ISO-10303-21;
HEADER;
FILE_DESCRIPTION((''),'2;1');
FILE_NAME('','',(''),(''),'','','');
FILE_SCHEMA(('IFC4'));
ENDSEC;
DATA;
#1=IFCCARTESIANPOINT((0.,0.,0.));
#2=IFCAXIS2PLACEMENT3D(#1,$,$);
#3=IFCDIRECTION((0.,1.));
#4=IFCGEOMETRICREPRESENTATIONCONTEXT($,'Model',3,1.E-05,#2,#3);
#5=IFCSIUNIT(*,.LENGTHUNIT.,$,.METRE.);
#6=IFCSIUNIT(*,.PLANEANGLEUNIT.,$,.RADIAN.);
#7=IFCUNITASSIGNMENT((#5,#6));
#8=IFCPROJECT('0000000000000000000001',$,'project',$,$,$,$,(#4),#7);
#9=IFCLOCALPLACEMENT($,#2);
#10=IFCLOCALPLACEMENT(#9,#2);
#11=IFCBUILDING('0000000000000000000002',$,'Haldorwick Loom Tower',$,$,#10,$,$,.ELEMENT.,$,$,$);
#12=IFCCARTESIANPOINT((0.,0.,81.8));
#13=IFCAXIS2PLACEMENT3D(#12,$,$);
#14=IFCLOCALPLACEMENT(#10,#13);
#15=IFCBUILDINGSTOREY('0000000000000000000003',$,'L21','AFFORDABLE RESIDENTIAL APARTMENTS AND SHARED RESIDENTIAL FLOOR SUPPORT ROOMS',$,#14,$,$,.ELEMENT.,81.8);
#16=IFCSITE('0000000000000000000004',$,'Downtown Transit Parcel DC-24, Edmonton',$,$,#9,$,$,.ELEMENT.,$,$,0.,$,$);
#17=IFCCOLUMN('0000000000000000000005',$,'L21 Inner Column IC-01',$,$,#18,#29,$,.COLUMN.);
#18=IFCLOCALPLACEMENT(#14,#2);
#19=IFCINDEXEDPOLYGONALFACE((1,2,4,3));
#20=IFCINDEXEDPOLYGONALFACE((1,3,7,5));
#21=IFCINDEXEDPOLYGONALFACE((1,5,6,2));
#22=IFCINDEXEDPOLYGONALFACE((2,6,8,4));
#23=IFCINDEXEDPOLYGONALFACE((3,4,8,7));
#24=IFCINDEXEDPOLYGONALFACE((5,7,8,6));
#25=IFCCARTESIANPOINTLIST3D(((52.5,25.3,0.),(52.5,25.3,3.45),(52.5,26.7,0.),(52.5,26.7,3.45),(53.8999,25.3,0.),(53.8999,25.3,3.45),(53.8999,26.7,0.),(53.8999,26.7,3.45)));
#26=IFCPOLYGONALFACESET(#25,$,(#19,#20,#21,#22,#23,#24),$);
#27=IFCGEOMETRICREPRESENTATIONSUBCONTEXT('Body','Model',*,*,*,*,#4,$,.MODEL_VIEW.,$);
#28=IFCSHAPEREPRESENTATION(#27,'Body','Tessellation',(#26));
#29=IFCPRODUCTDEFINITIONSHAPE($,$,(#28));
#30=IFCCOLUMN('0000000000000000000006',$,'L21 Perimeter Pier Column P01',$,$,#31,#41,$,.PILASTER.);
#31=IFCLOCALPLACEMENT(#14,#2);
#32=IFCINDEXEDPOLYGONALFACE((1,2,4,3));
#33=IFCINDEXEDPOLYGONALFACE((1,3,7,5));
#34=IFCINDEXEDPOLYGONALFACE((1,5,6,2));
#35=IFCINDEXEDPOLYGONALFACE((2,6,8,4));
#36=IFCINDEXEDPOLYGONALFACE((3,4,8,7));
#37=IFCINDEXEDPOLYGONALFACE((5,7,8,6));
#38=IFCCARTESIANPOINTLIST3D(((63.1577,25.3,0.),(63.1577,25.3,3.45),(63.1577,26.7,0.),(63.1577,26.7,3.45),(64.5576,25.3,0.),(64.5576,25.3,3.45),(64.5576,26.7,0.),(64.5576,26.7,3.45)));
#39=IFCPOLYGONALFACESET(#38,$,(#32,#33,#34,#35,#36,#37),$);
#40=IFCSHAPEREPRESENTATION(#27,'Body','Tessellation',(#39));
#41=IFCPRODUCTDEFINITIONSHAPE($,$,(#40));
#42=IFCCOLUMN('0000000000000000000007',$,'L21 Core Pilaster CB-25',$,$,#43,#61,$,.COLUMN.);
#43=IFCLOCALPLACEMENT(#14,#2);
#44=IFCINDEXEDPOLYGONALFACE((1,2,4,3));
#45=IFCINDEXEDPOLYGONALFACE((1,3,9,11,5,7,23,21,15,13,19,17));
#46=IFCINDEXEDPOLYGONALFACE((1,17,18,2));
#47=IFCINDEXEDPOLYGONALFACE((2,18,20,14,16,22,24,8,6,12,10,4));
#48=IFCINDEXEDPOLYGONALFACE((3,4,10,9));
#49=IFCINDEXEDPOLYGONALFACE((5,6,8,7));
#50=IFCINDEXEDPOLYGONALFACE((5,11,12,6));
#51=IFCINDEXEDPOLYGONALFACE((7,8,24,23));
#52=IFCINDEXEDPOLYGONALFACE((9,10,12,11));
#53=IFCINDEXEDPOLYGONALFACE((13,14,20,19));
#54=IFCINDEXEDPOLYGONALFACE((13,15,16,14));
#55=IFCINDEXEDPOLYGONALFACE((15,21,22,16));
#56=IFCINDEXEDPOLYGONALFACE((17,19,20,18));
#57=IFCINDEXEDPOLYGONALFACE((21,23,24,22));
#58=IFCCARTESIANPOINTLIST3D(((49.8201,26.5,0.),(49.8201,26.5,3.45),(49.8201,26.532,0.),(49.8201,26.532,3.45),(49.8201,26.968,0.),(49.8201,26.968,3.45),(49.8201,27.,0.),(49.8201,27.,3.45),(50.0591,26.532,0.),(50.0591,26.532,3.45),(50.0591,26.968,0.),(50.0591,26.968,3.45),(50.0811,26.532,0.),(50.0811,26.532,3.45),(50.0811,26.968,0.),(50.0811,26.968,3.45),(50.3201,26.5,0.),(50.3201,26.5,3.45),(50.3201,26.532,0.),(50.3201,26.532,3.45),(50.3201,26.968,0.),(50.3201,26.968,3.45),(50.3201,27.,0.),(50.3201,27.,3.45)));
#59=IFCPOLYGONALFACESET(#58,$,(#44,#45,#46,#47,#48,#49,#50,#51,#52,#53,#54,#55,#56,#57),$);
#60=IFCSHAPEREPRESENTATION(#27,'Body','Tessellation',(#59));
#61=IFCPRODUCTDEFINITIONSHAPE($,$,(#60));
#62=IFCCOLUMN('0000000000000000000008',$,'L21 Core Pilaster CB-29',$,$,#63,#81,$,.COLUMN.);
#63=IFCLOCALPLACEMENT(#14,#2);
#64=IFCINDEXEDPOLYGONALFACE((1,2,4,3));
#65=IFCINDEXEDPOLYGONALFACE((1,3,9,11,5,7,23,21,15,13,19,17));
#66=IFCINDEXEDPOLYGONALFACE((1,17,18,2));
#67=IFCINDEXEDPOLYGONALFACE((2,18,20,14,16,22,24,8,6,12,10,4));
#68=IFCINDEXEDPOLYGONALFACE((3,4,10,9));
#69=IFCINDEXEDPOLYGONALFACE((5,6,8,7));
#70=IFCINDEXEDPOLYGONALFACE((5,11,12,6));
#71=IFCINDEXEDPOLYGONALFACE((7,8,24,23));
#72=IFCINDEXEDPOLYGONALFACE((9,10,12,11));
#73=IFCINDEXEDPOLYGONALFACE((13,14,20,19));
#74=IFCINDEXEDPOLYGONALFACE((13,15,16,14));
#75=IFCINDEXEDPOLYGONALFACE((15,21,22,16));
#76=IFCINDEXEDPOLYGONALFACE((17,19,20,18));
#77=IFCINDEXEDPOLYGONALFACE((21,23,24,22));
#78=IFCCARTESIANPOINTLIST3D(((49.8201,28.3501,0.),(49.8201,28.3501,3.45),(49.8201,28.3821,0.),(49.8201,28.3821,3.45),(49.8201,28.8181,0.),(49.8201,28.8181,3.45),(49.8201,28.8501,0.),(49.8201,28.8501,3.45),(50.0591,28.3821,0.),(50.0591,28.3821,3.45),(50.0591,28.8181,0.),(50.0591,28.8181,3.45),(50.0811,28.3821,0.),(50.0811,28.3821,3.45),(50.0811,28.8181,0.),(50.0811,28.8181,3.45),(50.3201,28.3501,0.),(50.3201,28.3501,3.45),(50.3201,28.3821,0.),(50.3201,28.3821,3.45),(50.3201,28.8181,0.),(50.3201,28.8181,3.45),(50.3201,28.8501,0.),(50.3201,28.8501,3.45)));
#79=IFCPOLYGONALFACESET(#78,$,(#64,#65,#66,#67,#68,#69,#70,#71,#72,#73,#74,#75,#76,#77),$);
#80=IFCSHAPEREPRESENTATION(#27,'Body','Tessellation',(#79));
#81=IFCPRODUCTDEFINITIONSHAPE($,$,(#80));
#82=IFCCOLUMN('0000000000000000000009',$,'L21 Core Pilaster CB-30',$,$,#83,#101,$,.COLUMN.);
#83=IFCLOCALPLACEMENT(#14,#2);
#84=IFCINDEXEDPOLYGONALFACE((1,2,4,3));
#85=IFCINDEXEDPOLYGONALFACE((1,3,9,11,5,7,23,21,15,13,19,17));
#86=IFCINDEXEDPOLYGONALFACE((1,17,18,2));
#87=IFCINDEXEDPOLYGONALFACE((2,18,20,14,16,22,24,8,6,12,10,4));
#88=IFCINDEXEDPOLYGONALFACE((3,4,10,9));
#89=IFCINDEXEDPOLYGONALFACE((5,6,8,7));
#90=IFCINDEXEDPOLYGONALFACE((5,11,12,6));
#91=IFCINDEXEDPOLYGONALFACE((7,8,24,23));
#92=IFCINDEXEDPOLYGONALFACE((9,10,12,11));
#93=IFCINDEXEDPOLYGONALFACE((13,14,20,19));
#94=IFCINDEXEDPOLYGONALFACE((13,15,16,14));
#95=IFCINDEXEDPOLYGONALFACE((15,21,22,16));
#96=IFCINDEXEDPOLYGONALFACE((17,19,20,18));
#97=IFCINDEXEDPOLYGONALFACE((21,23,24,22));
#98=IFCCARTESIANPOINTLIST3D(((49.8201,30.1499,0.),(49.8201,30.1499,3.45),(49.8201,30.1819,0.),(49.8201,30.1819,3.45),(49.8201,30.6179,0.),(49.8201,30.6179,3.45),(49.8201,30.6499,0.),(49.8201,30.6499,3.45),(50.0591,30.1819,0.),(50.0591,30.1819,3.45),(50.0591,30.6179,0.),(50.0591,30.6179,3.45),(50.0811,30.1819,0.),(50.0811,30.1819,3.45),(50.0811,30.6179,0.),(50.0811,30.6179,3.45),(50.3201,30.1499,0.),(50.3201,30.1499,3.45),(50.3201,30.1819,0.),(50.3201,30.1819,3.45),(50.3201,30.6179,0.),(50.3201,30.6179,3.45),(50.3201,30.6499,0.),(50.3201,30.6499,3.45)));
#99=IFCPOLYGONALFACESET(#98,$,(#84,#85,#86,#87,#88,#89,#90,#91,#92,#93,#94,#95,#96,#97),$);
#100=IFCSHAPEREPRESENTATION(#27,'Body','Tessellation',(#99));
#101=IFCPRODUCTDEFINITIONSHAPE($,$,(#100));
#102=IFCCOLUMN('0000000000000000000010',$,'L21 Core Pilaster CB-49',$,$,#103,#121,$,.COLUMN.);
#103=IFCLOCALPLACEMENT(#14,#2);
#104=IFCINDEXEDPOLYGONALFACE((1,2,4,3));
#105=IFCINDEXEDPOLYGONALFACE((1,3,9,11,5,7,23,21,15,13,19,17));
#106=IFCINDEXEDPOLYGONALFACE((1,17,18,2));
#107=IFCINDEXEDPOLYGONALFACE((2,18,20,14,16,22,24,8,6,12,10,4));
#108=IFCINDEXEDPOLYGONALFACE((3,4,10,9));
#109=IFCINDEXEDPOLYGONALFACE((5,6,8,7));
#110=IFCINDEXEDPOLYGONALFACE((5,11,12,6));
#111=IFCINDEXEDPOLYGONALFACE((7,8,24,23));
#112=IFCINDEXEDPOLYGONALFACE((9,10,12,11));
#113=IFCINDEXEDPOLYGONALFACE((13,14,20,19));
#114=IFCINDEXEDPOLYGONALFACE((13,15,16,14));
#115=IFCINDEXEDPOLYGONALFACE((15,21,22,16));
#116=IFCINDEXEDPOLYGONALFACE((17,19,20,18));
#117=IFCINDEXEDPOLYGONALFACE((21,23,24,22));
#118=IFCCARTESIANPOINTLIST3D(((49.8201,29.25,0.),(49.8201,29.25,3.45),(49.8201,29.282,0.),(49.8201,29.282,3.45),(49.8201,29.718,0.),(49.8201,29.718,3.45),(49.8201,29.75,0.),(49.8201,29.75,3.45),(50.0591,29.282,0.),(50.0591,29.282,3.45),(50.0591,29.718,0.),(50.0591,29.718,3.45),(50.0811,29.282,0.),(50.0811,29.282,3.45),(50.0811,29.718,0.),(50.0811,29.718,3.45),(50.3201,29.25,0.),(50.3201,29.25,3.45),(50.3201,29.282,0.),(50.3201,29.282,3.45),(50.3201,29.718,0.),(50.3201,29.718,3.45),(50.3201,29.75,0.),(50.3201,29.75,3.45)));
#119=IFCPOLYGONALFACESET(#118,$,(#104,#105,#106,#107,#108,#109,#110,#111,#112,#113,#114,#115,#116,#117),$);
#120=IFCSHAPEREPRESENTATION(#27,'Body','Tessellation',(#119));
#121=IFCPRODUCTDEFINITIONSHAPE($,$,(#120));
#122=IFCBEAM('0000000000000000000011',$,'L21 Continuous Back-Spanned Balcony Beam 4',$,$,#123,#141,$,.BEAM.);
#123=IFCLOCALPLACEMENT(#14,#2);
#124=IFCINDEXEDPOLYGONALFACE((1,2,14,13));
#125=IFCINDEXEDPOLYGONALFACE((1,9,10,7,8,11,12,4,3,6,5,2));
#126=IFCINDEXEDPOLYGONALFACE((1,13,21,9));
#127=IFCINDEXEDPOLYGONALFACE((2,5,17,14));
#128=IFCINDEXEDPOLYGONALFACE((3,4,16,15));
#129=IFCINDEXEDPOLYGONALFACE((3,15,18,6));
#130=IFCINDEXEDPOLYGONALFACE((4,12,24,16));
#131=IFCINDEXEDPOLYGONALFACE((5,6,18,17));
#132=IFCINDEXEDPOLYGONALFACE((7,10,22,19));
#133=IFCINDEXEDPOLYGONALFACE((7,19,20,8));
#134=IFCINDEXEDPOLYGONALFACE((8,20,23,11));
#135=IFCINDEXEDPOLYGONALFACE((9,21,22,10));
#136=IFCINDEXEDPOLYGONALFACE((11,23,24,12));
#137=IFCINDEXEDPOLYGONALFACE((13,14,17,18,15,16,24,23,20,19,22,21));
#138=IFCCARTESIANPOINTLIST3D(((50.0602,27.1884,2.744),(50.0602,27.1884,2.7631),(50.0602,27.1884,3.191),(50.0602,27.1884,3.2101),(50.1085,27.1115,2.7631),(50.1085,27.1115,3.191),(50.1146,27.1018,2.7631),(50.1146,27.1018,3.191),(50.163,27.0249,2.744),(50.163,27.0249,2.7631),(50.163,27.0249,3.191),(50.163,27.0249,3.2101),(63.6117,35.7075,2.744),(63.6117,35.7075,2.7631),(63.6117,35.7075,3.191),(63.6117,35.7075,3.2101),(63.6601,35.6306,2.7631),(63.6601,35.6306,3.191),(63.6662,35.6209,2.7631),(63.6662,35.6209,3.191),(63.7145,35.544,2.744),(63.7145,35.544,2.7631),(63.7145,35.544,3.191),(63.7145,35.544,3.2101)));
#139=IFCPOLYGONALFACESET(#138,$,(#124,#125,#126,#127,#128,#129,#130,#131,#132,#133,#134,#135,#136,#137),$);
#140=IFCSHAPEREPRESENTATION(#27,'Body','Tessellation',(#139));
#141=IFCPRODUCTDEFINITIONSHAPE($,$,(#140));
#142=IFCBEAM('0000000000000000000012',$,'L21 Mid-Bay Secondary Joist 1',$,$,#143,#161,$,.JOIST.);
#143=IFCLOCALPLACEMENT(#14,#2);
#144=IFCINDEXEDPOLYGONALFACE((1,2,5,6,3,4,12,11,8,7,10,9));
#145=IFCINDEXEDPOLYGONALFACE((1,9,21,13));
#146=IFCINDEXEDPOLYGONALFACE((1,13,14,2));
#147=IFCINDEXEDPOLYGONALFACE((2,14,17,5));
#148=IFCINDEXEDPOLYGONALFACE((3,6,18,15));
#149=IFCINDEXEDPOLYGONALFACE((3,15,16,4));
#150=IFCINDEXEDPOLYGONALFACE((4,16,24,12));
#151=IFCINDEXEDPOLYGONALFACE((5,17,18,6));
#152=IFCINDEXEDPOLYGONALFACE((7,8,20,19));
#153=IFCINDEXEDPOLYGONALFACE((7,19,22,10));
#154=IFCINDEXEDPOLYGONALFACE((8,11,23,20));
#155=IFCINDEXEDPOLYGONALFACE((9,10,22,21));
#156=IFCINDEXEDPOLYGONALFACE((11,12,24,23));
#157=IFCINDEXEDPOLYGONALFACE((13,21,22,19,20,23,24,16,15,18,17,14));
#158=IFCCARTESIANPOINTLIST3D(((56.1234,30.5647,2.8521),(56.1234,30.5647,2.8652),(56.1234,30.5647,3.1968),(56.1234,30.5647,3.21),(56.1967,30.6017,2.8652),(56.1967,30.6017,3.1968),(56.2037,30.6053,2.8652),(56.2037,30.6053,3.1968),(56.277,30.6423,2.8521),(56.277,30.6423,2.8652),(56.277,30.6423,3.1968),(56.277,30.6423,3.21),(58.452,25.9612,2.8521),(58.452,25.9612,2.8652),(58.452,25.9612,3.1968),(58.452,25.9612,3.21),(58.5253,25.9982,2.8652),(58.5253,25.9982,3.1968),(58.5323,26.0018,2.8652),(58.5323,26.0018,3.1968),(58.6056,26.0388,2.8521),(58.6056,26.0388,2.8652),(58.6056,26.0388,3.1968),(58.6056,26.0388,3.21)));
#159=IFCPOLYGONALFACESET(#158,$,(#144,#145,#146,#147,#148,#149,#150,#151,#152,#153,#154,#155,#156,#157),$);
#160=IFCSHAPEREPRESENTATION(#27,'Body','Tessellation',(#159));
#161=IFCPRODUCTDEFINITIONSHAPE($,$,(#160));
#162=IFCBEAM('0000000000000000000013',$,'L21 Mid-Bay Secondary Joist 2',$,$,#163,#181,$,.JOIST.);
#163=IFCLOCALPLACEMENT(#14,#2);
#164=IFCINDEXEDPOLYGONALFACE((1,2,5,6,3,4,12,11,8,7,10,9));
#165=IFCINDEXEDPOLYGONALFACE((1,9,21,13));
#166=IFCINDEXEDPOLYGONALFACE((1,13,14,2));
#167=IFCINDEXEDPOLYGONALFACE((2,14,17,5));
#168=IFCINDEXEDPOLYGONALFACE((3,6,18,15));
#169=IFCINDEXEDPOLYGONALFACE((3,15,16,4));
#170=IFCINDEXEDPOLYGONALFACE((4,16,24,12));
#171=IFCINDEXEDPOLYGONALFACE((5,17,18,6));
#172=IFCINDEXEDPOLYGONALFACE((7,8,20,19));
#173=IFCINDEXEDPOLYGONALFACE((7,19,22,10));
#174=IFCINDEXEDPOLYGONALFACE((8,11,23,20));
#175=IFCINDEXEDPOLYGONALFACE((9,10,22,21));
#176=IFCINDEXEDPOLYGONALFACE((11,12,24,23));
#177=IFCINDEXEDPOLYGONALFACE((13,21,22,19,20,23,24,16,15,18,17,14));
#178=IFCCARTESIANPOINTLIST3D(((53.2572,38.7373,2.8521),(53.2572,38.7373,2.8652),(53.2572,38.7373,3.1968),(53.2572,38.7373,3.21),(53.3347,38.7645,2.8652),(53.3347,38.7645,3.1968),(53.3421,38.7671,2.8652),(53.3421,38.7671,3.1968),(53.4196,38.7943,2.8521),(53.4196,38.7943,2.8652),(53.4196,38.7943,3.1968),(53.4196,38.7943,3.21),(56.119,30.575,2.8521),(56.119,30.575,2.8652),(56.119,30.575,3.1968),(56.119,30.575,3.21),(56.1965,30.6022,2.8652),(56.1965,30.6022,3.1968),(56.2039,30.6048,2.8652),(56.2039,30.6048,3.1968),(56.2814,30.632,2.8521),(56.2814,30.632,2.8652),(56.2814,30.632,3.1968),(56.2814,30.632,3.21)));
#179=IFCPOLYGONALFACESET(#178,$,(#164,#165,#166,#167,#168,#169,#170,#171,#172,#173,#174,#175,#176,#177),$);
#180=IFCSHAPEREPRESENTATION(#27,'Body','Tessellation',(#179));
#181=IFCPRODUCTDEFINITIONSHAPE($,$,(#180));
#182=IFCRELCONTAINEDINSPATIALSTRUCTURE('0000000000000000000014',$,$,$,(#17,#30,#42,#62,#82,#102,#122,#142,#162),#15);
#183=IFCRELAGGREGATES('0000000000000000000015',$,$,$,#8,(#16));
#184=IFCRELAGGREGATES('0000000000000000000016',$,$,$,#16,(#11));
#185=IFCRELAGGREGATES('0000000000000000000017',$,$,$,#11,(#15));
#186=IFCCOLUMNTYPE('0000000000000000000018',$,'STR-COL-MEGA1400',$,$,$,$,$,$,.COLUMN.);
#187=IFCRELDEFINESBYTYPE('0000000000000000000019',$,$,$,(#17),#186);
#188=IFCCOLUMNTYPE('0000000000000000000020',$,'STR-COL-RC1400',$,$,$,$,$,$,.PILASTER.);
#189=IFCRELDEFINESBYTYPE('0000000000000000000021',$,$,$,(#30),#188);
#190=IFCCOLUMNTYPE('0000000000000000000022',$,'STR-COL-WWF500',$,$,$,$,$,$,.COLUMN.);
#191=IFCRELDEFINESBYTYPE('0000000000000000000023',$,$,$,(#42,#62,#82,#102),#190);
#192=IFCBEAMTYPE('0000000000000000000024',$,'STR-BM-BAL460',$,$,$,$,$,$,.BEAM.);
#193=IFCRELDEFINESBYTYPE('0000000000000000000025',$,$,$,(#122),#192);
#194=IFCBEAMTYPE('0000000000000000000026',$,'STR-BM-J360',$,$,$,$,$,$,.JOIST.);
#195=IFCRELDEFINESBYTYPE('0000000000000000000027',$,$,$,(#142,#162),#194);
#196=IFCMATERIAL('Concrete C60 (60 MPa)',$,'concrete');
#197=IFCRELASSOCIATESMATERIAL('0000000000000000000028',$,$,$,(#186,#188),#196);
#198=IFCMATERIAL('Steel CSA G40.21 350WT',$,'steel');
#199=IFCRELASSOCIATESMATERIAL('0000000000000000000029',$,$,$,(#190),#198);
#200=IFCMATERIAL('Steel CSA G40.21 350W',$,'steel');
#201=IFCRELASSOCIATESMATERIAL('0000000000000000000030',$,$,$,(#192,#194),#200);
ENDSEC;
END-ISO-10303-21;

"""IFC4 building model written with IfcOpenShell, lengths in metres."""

from ifc_helpers import new_model, si_unit, direction, frame, origin, origin_2d, place, context, subcontext, project, spatial, rectangle, i_section, extrude, material, material_profile, profile_set, type_object, element, save


model = new_model("IFC4")

# Units and contexts
model_context = context("Model", 3, precision=1e-05, world=origin(), true_north=direction((0.0, 1.0)))
body_context = subcontext(model_context, "Body", "Model", "MODEL_VIEW")
ifc_project = project(units=[si_unit("LENGTHUNIT", "METRE"), si_unit("PLANEANGLEUNIT", "RADIAN")], contexts=[model_context])

# Site, building, storey
site_placement = place(None, origin())
site = spatial("IfcSite", under=ifc_project, at=site_placement, Name="Downtown Transit Parcel DC-24, Edmonton", CompositionType="ELEMENT", RefElevation=0.0)
building_placement = place(site_placement, origin())
building = spatial("IfcBuilding", under=site, at=building_placement, Name="Haldorwick Loom Tower", CompositionType="ELEMENT")
storey_placement = place(building_placement, frame((0.0, 0.0, 81.8)))
storey = spatial("IfcBuildingStorey", under=building, at=storey_placement, Name="L21", Description="AFFORDABLE RESIDENTIAL APARTMENTS AND SHARED RESIDENTIAL FLOOR SUPPORT ROOMS", CompositionType="ELEMENT", Elevation=81.8)

# Columns
ifc_material_1 = material(Name="Concrete C60 (60 MPa)", Category="concrete")
ifc_material_profile_1 = material_profile(ifc_material_1, rectangle(XDim=1.3999, YDim=1.3999, at=origin_2d()), Name="RC1400X1400", Category="concrete")
ifc_profile_set_1 = profile_set([ifc_material_profile_1], Name="Concrete C60 (60 MPa)")
column_type_1 = type_object("IfcColumnType", Name="STR-COL-MEGA1400", PredefinedType="COLUMN", material=ifc_profile_set_1)
column_1_placement = place(storey_placement, frame((53.2, 26.0, 0.0), z_axis=(0.0, 0.0, 1.0), x_axis=(1.0, 0.0, 0.0)))
element("IfcColumn", 1, at=column_1_placement, inside=storey, type_object=column_type_1, Name="L21 Inner Column IC-01", PredefinedType="COLUMN", context=body_context, shape_type="SweptSolid", body=[
    extrude(rectangle(XDim=1.3999, YDim=1.3999, at=origin_2d()), origin(), (0.0, 0.0, 1.0), 3.45),
])
ifc_material_profile_2 = material_profile(ifc_material_1, rectangle(XDim=1.3999, YDim=1.3999, at=origin_2d()), Name="RC1400X1400", Category="concrete")
ifc_profile_set_2 = profile_set([ifc_material_profile_2], Name="Concrete C60 (60 MPa)")
column_type_2 = type_object("IfcColumnType", Name="STR-COL-RC1400", PredefinedType="PILASTER", material=ifc_profile_set_2)
column_2_placement = place(storey_placement, frame((63.8577, 26.0, 0.0), z_axis=(0.0, 0.0, 1.0), x_axis=(1.0, 0.0, 0.0)))
element("IfcColumn", 2, at=column_2_placement, inside=storey, type_object=column_type_2, Name="L21 Perimeter Pier Column P01", PredefinedType="PILASTER", context=body_context, shape_type="SweptSolid", body=[
    extrude(rectangle(XDim=1.3999, YDim=1.3999, at=origin_2d()), origin(), (0.0, 0.0, 1.0), 3.45),
])
ifc_material_2 = material(Name="Steel CSA G40.21 350WT", Category="steel")
ifc_material_profile_3 = material_profile(ifc_material_2, i_section(OverallWidth=0.5, OverallDepth=0.5, WebThickness=0.022, FlangeThickness=0.032, at=origin_2d()), Name="WWF500X500", Category="steel")
ifc_profile_set_3 = profile_set([ifc_material_profile_3], Name="Steel CSA G40.21 350WT")
column_type_3 = type_object("IfcColumnType", Name="STR-COL-WWF500", PredefinedType="COLUMN", material=ifc_profile_set_3)
for number, where, z_axis, x_axis, name in (
    (3, (50.0701, 26.75, 0.0), (0.0, 0.0, 1.0), (1.0, 0.0, 0.0), "L21 Core Pilaster CB-25"),
    (4, (50.0701, 28.6001, 0.0), (0.0, 0.0, 1.0), (1.0, 0.0, 0.0), "L21 Core Pilaster CB-29"),
    (5, (50.0701, 30.3999, 0.0), (0.0, 0.0, 1.0), (1.0, 0.0, 0.0), "L21 Core Pilaster CB-30"),
    (6, (50.0701, 29.5, 0.0), (0.0, 0.0, 1.0), (1.0, 0.0, 0.0), "L21 Core Pilaster CB-49"),
):
    element("IfcColumn", number, at=place(storey_placement, frame(where, z_axis=z_axis, x_axis=x_axis)), inside=storey, type_object=column_type_3, Name=name, PredefinedType="COLUMN", context=body_context, shape_type="SweptSolid", body=[
        extrude(i_section(OverallWidth=0.5, OverallDepth=0.5, WebThickness=0.022, FlangeThickness=0.032, at=origin_2d()), origin(), (0.0, 0.0, 1.0), 3.45),
    ])

# Beams
ifc_material_3 = material(Name="Steel CSA G40.21 350W", Category="steel")
ifc_material_profile_4 = material_profile(ifc_material_3, i_section(OverallWidth=0.1931, OverallDepth=0.4661, WebThickness=0.0115, FlangeThickness=0.019, at=origin_2d()), Name="W460X97", Category="steel")
ifc_profile_set_4 = profile_set([ifc_material_profile_4], Name="Steel CSA G40.21 350W")
beam_type_1 = type_object("IfcBeamType", Name="STR-BM-BAL460", PredefinedType="BEAM", material=ifc_profile_set_4)
beam_1_placement = place(storey_placement, frame((50.1116, 27.1067, 2.9771), z_axis=(0.84661, 0.532214, 0.0), x_axis=(-0.532214, 0.84661, 0.0)))
element("IfcBeam", 7, at=beam_1_placement, inside=storey, type_object=beam_type_1, Name="L21 Continuous Back-Spanned Balcony Beam 4", PredefinedType="BEAM", context=body_context, shape_type="SweptSolid", body=[
    extrude(i_section(OverallWidth=0.1931, OverallDepth=0.4661, WebThickness=0.0115, FlangeThickness=0.019, at=origin_2d()), origin(), (0.0, 0.0, 1.0), 16.0068),
])
ifc_material_profile_5 = material_profile(ifc_material_3, i_section(OverallWidth=0.1721, OverallDepth=0.3579, WebThickness=0.0078, FlangeThickness=0.0132, at=origin_2d()), Name="W360X57", Category="steel")
ifc_profile_set_5 = profile_set([ifc_material_profile_5], Name="Steel CSA G40.21 350W")
beam_type_2 = type_object("IfcBeamType", Name="STR-BM-J360", PredefinedType="JOIST", material=ifc_profile_set_5)
beam_2_placement = place(storey_placement, frame((58.5288, 26.0, 3.031), z_axis=(-0.451373, 0.892335, 0.0), x_axis=(-0.892335, -0.451373, 0.0)))
element("IfcBeam", 8, at=beam_2_placement, inside=storey, type_object=beam_type_2, Name="L21 Mid-Bay Secondary Joist 1", PredefinedType="JOIST", context=body_context, shape_type="SweptSolid", body=[
    extrude(i_section(OverallWidth=0.1721, OverallDepth=0.3579, WebThickness=0.0078, FlangeThickness=0.0132, at=origin_2d()), origin(), (0.0, 0.0, 1.0), 5.1589),
])
beam_3_placement = place(storey_placement, frame((56.2002, 30.6035, 3.031), z_axis=(-0.330865, 0.943678, 0.0), x_axis=(-0.943678, -0.330865, 0.0)))
element("IfcBeam", 9, at=beam_3_placement, inside=storey, type_object=beam_type_2, Name="L21 Mid-Bay Secondary Joist 2", PredefinedType="JOIST", context=body_context, shape_type="SweptSolid", body=[
    extrude(i_section(OverallWidth=0.1721, OverallDepth=0.3579, WebThickness=0.0078, FlangeThickness=0.0132, at=origin_2d()), origin(), (0.0, 0.0, 1.0), 8.6494),
])

save(model, "model.ifc")
